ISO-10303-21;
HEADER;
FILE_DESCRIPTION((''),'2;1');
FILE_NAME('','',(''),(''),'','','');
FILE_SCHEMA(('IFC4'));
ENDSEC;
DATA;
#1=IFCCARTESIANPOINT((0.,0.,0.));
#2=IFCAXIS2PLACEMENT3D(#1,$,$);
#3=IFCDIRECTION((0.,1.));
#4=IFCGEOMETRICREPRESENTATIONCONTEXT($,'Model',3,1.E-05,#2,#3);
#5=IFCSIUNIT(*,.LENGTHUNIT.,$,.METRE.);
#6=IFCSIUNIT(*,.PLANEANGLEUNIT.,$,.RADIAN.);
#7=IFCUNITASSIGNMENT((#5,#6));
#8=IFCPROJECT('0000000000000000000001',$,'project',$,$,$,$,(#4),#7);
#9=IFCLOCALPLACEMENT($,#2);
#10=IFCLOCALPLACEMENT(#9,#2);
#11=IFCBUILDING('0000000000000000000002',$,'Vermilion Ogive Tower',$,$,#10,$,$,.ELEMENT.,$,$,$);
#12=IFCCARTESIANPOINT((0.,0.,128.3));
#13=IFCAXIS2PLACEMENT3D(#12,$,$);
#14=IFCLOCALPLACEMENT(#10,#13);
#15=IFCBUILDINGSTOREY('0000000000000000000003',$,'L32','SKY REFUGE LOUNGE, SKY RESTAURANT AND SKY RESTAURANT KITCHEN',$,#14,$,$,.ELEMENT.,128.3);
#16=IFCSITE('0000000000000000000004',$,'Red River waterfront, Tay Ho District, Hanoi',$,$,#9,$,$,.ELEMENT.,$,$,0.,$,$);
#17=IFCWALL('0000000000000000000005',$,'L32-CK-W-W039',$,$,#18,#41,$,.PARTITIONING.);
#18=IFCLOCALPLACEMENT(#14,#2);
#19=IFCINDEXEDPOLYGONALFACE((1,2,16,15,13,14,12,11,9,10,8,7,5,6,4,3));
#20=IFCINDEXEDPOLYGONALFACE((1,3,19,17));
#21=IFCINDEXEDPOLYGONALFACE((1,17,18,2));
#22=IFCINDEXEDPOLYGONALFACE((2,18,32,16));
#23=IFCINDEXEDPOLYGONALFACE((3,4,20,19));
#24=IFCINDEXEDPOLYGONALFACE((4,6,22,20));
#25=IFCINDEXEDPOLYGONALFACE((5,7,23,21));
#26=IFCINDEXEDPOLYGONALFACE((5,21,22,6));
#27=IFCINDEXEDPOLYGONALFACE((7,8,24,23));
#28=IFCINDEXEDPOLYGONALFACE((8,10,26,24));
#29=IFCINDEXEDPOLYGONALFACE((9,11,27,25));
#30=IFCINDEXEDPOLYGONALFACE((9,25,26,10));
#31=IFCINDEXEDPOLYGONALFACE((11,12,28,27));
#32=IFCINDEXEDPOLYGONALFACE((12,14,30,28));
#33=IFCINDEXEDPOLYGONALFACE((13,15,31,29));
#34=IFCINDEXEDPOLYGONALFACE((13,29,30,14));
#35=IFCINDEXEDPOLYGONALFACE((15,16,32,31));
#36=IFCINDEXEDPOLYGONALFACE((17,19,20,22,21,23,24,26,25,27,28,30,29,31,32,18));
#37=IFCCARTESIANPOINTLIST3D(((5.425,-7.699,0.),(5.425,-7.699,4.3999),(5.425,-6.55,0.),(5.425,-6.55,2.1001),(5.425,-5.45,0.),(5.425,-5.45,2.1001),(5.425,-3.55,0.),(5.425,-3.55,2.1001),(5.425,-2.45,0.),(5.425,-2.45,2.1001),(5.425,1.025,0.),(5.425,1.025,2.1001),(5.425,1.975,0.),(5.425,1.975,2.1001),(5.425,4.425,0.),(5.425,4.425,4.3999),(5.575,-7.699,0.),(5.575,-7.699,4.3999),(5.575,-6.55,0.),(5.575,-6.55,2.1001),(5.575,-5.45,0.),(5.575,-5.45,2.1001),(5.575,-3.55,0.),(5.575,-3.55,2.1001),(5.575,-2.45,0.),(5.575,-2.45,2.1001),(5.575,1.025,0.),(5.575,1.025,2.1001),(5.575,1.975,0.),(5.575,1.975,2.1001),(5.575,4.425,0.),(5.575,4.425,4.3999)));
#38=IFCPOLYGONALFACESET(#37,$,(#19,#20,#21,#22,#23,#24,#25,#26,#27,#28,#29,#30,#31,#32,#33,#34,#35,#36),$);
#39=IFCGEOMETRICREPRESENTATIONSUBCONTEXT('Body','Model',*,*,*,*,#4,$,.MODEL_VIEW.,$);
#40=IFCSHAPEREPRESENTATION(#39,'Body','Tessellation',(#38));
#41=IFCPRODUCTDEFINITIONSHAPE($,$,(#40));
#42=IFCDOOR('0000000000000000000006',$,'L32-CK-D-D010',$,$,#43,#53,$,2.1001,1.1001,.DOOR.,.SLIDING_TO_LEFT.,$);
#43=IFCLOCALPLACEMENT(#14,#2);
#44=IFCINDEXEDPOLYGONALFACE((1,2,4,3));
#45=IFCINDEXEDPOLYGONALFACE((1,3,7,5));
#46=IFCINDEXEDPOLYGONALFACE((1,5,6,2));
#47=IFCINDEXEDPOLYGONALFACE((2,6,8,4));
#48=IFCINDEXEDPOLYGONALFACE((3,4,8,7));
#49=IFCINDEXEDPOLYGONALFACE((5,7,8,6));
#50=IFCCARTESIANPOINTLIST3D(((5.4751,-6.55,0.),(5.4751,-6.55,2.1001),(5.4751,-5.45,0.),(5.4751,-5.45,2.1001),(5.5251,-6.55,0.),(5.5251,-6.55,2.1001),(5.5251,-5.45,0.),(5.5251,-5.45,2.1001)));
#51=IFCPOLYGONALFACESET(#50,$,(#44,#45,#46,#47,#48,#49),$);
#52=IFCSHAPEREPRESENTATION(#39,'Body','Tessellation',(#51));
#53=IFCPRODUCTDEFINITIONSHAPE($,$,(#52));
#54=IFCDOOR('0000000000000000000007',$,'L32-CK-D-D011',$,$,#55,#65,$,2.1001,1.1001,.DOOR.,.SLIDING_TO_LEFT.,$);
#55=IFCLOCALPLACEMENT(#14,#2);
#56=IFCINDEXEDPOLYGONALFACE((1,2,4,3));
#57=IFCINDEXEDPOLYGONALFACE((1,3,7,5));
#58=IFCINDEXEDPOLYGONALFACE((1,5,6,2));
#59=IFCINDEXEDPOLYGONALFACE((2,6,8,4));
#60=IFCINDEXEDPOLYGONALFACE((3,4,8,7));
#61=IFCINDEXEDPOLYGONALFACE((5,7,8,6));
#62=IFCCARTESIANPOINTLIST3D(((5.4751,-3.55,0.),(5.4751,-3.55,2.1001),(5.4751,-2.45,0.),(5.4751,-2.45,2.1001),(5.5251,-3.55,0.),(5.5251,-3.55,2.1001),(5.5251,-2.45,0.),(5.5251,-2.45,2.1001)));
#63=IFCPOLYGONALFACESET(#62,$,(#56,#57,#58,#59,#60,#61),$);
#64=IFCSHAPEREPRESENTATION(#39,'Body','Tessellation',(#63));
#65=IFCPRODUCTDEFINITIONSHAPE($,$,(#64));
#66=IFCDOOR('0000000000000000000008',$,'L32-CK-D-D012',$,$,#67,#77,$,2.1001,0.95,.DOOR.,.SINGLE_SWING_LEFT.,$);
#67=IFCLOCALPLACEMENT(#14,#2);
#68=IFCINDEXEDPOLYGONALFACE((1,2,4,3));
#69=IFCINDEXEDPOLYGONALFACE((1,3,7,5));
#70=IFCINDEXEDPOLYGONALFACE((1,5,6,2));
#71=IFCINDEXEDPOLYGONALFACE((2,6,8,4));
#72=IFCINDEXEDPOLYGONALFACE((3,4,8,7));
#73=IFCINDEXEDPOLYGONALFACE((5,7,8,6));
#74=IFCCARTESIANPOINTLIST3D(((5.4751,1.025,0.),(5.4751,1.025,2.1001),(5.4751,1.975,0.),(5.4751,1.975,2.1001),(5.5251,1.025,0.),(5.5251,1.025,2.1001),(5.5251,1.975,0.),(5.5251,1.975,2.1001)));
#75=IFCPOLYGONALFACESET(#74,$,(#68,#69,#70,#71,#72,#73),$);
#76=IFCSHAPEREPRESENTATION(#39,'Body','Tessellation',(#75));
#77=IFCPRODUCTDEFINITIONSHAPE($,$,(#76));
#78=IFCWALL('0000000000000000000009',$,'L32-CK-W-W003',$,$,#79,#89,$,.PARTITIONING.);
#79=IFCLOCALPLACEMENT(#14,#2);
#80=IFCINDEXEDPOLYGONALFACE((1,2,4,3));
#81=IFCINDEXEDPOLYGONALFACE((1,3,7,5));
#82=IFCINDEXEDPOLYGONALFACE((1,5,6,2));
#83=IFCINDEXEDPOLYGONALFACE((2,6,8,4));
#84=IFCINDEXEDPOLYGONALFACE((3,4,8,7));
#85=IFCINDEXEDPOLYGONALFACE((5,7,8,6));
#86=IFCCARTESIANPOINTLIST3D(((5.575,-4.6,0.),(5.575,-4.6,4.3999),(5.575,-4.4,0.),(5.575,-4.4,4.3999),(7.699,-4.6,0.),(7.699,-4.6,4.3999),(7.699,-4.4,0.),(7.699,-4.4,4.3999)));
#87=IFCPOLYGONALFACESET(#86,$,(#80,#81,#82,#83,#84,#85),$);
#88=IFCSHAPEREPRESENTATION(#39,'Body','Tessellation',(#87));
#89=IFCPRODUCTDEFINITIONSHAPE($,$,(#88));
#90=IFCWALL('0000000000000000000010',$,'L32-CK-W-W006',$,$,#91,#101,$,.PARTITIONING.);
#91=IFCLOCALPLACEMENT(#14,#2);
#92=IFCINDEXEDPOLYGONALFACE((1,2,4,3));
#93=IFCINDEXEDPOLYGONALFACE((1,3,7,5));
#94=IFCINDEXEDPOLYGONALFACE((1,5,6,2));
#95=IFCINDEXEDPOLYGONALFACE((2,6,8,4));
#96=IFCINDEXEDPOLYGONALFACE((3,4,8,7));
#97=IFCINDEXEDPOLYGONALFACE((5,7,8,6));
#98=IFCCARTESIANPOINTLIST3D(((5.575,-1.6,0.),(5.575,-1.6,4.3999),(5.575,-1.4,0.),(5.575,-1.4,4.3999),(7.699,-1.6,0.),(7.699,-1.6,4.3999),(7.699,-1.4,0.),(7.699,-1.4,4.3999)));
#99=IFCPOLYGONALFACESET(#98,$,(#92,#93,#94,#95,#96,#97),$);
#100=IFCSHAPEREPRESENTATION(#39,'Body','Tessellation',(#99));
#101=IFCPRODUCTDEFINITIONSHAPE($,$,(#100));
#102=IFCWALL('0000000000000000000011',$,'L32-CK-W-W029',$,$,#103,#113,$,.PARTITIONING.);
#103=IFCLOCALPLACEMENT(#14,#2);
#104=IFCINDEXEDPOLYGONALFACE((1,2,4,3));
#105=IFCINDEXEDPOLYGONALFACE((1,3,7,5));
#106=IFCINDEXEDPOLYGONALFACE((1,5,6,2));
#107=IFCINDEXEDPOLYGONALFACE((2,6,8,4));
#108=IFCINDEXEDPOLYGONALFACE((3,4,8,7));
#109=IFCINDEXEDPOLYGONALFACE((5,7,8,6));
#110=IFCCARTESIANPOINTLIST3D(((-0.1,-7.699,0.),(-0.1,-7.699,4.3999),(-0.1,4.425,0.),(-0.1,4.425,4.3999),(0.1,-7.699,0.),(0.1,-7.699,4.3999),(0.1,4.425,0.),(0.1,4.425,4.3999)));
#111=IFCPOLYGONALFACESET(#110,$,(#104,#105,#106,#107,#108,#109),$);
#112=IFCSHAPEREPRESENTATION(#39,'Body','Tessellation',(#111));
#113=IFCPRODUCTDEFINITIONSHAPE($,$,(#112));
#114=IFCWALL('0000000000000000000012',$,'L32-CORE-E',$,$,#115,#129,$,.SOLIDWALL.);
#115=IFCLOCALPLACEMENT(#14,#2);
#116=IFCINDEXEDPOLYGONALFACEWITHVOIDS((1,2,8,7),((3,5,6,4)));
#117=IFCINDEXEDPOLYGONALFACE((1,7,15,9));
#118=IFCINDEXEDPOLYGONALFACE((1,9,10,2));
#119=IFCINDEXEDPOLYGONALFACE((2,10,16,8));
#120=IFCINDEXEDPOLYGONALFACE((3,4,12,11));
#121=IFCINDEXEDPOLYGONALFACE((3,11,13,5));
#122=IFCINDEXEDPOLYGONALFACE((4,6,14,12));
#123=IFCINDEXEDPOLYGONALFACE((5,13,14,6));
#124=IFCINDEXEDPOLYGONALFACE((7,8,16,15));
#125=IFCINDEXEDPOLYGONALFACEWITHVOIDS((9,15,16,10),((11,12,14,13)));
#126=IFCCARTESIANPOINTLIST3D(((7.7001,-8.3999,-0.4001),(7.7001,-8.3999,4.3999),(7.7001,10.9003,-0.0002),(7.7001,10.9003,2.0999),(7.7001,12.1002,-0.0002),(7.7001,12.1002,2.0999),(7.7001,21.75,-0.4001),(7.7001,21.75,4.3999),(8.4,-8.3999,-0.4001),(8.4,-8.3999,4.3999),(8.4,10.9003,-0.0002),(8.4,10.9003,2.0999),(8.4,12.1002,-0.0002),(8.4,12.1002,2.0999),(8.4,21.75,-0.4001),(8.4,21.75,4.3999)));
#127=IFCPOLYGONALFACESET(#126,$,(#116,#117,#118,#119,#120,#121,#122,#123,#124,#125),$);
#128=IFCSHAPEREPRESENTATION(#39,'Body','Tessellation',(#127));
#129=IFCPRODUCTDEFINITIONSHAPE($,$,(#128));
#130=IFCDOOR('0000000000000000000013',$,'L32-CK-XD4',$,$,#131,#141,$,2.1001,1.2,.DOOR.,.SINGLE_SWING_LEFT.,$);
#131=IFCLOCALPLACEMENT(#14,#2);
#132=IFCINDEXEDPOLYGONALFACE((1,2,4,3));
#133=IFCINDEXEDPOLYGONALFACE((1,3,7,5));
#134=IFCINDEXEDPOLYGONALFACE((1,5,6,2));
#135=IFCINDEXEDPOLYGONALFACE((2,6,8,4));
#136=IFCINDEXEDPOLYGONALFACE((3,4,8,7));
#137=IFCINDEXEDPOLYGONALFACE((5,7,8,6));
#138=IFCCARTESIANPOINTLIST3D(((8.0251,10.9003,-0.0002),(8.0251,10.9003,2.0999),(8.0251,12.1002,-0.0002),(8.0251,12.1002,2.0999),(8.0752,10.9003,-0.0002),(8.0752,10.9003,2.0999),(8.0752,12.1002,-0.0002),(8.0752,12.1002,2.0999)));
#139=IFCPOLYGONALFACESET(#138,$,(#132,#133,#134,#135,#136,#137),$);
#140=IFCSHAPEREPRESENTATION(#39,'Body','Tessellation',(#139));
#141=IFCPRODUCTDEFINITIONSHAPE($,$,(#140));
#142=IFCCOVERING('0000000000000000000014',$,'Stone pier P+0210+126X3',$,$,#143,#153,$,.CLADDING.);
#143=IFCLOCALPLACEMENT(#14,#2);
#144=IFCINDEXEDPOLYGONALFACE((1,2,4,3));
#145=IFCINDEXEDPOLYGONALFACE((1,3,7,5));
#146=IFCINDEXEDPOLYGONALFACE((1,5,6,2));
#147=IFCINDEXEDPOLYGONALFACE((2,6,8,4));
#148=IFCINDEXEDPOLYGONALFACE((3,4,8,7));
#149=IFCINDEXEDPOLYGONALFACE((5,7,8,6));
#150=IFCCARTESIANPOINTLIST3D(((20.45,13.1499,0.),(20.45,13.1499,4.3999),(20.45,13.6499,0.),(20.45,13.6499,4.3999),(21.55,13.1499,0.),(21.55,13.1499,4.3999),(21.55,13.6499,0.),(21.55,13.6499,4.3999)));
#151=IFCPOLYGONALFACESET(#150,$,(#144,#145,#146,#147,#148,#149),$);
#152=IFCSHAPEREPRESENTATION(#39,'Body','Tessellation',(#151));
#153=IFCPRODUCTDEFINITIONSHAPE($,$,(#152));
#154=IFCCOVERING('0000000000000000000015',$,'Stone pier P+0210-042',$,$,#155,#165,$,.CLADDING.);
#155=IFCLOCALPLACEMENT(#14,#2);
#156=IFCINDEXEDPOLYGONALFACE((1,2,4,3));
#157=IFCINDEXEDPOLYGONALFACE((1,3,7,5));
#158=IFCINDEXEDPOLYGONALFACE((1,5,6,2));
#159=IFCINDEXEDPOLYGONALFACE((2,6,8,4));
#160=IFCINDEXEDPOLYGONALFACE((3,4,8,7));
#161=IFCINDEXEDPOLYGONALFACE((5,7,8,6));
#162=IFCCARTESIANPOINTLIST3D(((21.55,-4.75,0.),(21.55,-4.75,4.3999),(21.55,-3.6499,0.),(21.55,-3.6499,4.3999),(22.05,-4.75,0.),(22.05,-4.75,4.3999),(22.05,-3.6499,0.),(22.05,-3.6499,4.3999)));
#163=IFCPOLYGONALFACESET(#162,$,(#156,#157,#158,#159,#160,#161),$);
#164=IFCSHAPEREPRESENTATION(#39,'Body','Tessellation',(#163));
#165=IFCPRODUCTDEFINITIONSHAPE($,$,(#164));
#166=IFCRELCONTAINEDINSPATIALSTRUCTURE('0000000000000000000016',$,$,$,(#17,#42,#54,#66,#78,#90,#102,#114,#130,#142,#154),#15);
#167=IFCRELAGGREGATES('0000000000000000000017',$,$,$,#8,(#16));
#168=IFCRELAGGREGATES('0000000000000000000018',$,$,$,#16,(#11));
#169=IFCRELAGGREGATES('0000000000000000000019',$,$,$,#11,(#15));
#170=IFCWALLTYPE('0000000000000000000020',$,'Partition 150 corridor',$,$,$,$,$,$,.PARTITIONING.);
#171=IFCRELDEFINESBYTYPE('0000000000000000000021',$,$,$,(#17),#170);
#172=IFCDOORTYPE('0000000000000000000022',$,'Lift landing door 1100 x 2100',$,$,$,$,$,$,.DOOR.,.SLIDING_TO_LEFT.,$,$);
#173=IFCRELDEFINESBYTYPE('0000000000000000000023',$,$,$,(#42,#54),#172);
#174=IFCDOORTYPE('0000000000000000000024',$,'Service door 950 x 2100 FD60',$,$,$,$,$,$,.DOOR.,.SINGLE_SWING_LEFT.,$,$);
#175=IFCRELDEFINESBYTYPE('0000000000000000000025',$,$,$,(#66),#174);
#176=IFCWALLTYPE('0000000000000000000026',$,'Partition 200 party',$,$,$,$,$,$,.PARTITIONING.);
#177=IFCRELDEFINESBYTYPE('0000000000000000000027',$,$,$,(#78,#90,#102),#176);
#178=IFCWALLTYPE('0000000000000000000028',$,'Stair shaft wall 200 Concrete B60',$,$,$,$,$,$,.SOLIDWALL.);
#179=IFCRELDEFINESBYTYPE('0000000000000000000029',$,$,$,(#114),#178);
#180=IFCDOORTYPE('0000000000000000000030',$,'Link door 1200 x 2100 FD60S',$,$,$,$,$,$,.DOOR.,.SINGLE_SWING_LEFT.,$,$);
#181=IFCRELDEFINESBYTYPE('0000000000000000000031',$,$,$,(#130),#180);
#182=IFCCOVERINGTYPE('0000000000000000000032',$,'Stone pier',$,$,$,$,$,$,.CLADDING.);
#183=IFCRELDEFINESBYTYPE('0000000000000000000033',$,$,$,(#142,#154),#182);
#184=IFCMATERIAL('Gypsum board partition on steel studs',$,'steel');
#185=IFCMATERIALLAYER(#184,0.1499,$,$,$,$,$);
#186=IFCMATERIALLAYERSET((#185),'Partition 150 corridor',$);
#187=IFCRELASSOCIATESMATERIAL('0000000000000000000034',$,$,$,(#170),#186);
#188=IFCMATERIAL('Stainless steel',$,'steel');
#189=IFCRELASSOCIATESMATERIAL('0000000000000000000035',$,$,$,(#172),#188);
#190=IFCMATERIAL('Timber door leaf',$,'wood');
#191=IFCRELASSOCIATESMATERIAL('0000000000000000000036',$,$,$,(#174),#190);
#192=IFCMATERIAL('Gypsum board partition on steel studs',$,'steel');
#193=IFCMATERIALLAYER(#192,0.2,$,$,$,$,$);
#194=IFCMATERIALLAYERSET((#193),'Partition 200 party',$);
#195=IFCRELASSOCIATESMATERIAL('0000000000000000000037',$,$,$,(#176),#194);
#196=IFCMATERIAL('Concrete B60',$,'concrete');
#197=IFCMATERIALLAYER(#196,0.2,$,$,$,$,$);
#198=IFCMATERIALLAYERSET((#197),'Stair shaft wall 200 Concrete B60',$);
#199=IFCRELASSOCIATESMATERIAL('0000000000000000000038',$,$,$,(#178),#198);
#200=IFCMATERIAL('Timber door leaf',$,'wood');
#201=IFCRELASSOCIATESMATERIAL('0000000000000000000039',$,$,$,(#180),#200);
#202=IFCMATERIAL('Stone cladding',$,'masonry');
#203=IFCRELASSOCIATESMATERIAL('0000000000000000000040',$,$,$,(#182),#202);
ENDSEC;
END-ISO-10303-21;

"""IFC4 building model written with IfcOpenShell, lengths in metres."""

from ifc_helpers import new_model, si_unit, direction, frame, frame_2d, origin, place, context, subcontext, project, spatial, polyline, rectangle, outline, extrude, material, layer, layer_set, type_object, element, fill, save


model = new_model("IFC4")

# Units and contexts
model_context = context("Model", 3, precision=1e-05, world=origin(), true_north=direction((0.0, 1.0)))
body_context = subcontext(model_context, "Body", "Model", "MODEL_VIEW")
ifc_project = project(units=[si_unit("LENGTHUNIT", "METRE"), si_unit("PLANEANGLEUNIT", "RADIAN")], contexts=[model_context])

# Site, building, storey
site_placement = place(None, origin())
site = spatial("IfcSite", under=ifc_project, at=site_placement, Name="Red River waterfront, Tay Ho District, Hanoi", CompositionType="ELEMENT", RefElevation=0.0)
building_placement = place(site_placement, origin())
building = spatial("IfcBuilding", under=site, at=building_placement, Name="Vermilion Ogive Tower", CompositionType="ELEMENT")
storey_placement = place(building_placement, frame((0.0, 0.0, 128.3)))
storey = spatial("IfcBuildingStorey", under=building, at=storey_placement, Name="L32", Description="SKY REFUGE LOUNGE, SKY RESTAURANT AND SKY RESTAURANT KITCHEN", CompositionType="ELEMENT", Elevation=128.3)

# Shared definitions
ifc_material_1 = material(Name="Gypsum board partition on steel studs", Category="steel")
ifc_layer_1 = layer(ifc_material_1, 0.1499)
ifc_layer_set_1 = layer_set([ifc_layer_1], Name="Partition 150 corridor")
wall_type_1 = type_object("IfcWallType", Name="Partition 150 corridor", PredefinedType="PARTITIONING", material=ifc_layer_set_1)

# Wall, openings, doors
ifc_material_2 = material(Name="Stainless steel", Category="steel")
door_type_1 = type_object("IfcDoorType", Name="Lift landing door 1100 x 2100", OperationType="SLIDING_TO_LEFT", PredefinedType="DOOR", material=ifc_material_2)
wall_1_placement = place(storey_placement, frame((5.5, -7.699, 0.0), z_axis=(0.0, 0.0, 1.0), x_axis=(0.0, 1.0, 0.0)))
wall_1 = element("IfcWall", 1, at=wall_1_placement, inside=storey, type_object=wall_type_1, Name="L32-CK-W-W039", PredefinedType="PARTITIONING", context=body_context, shape_type="SweptSolid", body=[
    extrude(rectangle(XDim=12.124, YDim=0.1499, at=frame_2d((6.062, 0.0))), origin(), (0.0, 0.0, 1.0), 4.3999),
])
opening_1_placement = place(wall_1_placement, frame((1.1489, 0.0, 0.0)))
opening_1 = element("IfcOpeningElement", 2, at=opening_1_placement, cuts=wall_1, PredefinedType="OPENING", context=body_context, shape_type="SweptSolid", body=[
    extrude(rectangle(XDim=1.1001, YDim=2.1001, at=frame_2d((0.55, 1.05))), frame((0.0, 0.085, 0.0), z_axis=(0.0, -1.0, 0.0), x_axis=(1.0, 0.0, 0.0)), (0.0, 0.0, 1.0), 0.1699),
])
opening_2_placement = place(wall_1_placement, frame((4.1489, 0.0, 0.0)))
opening_2 = element("IfcOpeningElement", 3, at=opening_2_placement, cuts=wall_1, PredefinedType="OPENING", context=body_context, shape_type="SweptSolid", body=[
    extrude(rectangle(XDim=1.1001, YDim=2.1001, at=frame_2d((0.55, 1.05))), frame((0.0, 0.085, 0.0), z_axis=(0.0, -1.0, 0.0), x_axis=(1.0, 0.0, 0.0)), (0.0, 0.0, 1.0), 0.1699),
])
opening_3_placement = place(wall_1_placement, frame((8.7239, 0.0, 0.0)))
opening_3 = element("IfcOpeningElement", 4, at=opening_3_placement, cuts=wall_1, PredefinedType="OPENING", context=body_context, shape_type="SweptSolid", body=[
    extrude(rectangle(XDim=0.95, YDim=2.1001, at=frame_2d((0.4751, 1.05))), frame((0.0, 0.085, 0.0), z_axis=(0.0, -1.0, 0.0), x_axis=(1.0, 0.0, 0.0)), (0.0, 0.0, 1.0), 0.1699),
])
door_1_placement = place(opening_1_placement, origin())
door_1 = element("IfcDoor", 5, at=door_1_placement, inside=storey, type_object=door_type_1, Name="L32-CK-D-D010", OperationType="SLIDING_TO_LEFT", OverallHeight=2.1001, OverallWidth=1.1001, PredefinedType="DOOR", context=body_context, shape_type="SweptSolid", body=[
    extrude(rectangle(XDim=1.1001, YDim=2.1001, at=frame_2d((0.55, 1.05))), frame((0.0, 0.0249, 0.0), z_axis=(0.0, -1.0, 0.0), x_axis=(1.0, 0.0, 0.0)), (0.0, 0.0, 1.0), 0.05),
])
fill(opening_1, door_1)
door_2_placement = place(opening_2_placement, origin())
door_2 = element("IfcDoor", 6, at=door_2_placement, inside=storey, type_object=door_type_1, Name="L32-CK-D-D011", OperationType="SLIDING_TO_LEFT", OverallHeight=2.1001, OverallWidth=1.1001, PredefinedType="DOOR", context=body_context, shape_type="SweptSolid", body=[
    extrude(rectangle(XDim=1.1001, YDim=2.1001, at=frame_2d((0.55, 1.05))), frame((0.0, 0.0249, 0.0), z_axis=(0.0, -1.0, 0.0), x_axis=(1.0, 0.0, 0.0)), (0.0, 0.0, 1.0), 0.05),
])
fill(opening_2, door_2)
ifc_material_3 = material(Name="Timber door leaf", Category="wood")
door_type_2 = type_object("IfcDoorType", Name="Service door 950 x 2100 FD60", OperationType="SINGLE_SWING_LEFT", PredefinedType="DOOR", material=ifc_material_3)
door_3_placement = place(opening_3_placement, origin())
door_3 = element("IfcDoor", 7, at=door_3_placement, inside=storey, type_object=door_type_2, Name="L32-CK-D-D012", OperationType="SINGLE_SWING_LEFT", OverallHeight=2.1001, OverallWidth=0.95, PredefinedType="DOOR", context=body_context, shape_type="SweptSolid", body=[
    extrude(rectangle(XDim=0.95, YDim=2.1001, at=frame_2d((0.4751, 1.05))), frame((0.0, 0.0249, 0.0), z_axis=(0.0, -1.0, 0.0), x_axis=(1.0, 0.0, 0.0)), (0.0, 0.0, 1.0), 0.05),
])
fill(opening_3, door_3)

# Walls
ifc_material_4 = material(Name="Gypsum board partition on steel studs", Category="steel")
ifc_layer_2 = layer(ifc_material_4, 0.2)
ifc_layer_set_2 = layer_set([ifc_layer_2], Name="Partition 200 party")
wall_type_2 = type_object("IfcWallType", Name="Partition 200 party", PredefinedType="PARTITIONING", material=ifc_layer_set_2)
for number, where, z_axis, x_axis, name in (
    (8, (5.575, -4.5, 0.0), (0.0, 0.0, 1.0), (1.0, 0.0, 0.0), "L32-CK-W-W003"),
    (9, (5.575, -1.5, 0.0), (0.0, 0.0, 1.0), (1.0, 0.0, 0.0), "L32-CK-W-W006"),
):
    element("IfcWall", number, at=place(storey_placement, frame(where, z_axis=z_axis, x_axis=x_axis)), inside=storey, type_object=wall_type_2, Name=name, PredefinedType="PARTITIONING", context=body_context, shape_type="SweptSolid", body=[
        extrude(rectangle(XDim=2.124, YDim=0.2, at=frame_2d((1.062, 0.0))), origin(), (0.0, 0.0, 1.0), 4.3999),
    ])
wall_2_placement = place(storey_placement, frame((0.0, -7.699, 0.0), z_axis=(0.0, 0.0, 1.0), x_axis=(0.0, 1.0, 0.0)))
element("IfcWall", 10, at=wall_2_placement, inside=storey, type_object=wall_type_2, Name="L32-CK-W-W029", PredefinedType="PARTITIONING", context=body_context, shape_type="SweptSolid", body=[
    extrude(rectangle(XDim=12.124, YDim=0.2, at=frame_2d((6.062, 0.0))), origin(), (0.0, 0.0, 1.0), 4.3999),
])

# Wall, opening, door
ifc_material_5 = material(Name="Concrete B60", Category="concrete")
ifc_layer_3 = layer(ifc_material_5, 0.2)
ifc_layer_set_3 = layer_set([ifc_layer_3], Name="Stair shaft wall 200 Concrete B60")
wall_type_3 = type_object("IfcWallType", Name="Stair shaft wall 200 Concrete B60", PredefinedType="SOLIDWALL", material=ifc_layer_set_3)
wall_3_placement = place(storey_placement, frame((8.05, -8.3999, -0.4001), z_axis=(0.0, 0.0, 1.0), x_axis=(0.0, 1.0, 0.0)))
wall_3 = element("IfcWall", 11, at=wall_3_placement, inside=storey, type_object=wall_type_3, Name="L32-CORE-E", PredefinedType="SOLIDWALL", context=body_context, shape_type="SweptSolid", body=[
    extrude(rectangle(XDim=30.1499, YDim=0.7, at=frame_2d((15.075, 0.0))), origin(), (0.0, 0.0, 1.0), 4.8),
])
opening_4_placement = place(wall_3_placement, frame((19.3, 0.0, 0.3999)))
opening_4 = element("IfcOpeningElement", 12, at=opening_4_placement, cuts=wall_3, PredefinedType="OPENING", context=body_context, shape_type="SweptSolid", body=[
    extrude(rectangle(XDim=1.2, YDim=2.1001, at=frame_2d((0.6001, 1.05))), frame((0.0, 0.3599, 0.0), z_axis=(0.0, -1.0, 0.0), x_axis=(1.0, 0.0, 0.0)), (0.0, 0.0, 1.0), 0.72),
])
ifc_material_6 = material(Name="Timber door leaf", Category="wood")
door_type_3 = type_object("IfcDoorType", Name="Link door 1200 x 2100 FD60S", OperationType="SINGLE_SWING_LEFT", PredefinedType="DOOR", material=ifc_material_6)
door_4_placement = place(opening_4_placement, origin())
door_4 = element("IfcDoor", 13, at=door_4_placement, inside=storey, type_object=door_type_3, Name="L32-CK-XD4", OperationType="SINGLE_SWING_LEFT", OverallHeight=2.1001, OverallWidth=1.2, PredefinedType="DOOR", context=body_context, shape_type="SweptSolid", body=[
    extrude(rectangle(XDim=1.2, YDim=2.1001, at=frame_2d((0.6001, 1.05))), frame((0.0, 0.0249, 0.0), z_axis=(0.0, -1.0, 0.0), x_axis=(1.0, 0.0, 0.0)), (0.0, 0.0, 1.0), 0.05),
])
fill(opening_4, door_4)

# Coverings
ifc_material_7 = material(Name="Stone cladding", Category="masonry")
covering_type = type_object("IfcCoveringType", Name="Stone pier", PredefinedType="CLADDING", material=ifc_material_7)
covering_1_placement = place(storey_placement, origin())
element("IfcCovering", 14, at=covering_1_placement, inside=storey, type_object=covering_type, Name="Stone pier P+0210+126X3", PredefinedType="CLADDING", context=body_context, shape_type="SweptSolid", body=[
    extrude(outline(polyline([(21.55, 13.6499), (21.55, 13.1499), (20.45, 13.1499), (20.45, 13.6499), (21.55, 13.6499)])), origin(), (0.0, 0.0, 1.0), 4.3999),
])
covering_2_placement = place(storey_placement, origin())
element("IfcCovering", 15, at=covering_2_placement, inside=storey, type_object=covering_type, Name="Stone pier P+0210-042", PredefinedType="CLADDING", context=body_context, shape_type="SweptSolid", body=[
    extrude(outline(polyline([(21.55, -3.6499), (22.05, -3.6499), (22.05, -4.75), (21.55, -4.75), (21.55, -4.75), (21.55, -3.6499)])), origin(), (0.0, 0.0, 1.0), 4.3999),
])

save(model, "model.ifc")
